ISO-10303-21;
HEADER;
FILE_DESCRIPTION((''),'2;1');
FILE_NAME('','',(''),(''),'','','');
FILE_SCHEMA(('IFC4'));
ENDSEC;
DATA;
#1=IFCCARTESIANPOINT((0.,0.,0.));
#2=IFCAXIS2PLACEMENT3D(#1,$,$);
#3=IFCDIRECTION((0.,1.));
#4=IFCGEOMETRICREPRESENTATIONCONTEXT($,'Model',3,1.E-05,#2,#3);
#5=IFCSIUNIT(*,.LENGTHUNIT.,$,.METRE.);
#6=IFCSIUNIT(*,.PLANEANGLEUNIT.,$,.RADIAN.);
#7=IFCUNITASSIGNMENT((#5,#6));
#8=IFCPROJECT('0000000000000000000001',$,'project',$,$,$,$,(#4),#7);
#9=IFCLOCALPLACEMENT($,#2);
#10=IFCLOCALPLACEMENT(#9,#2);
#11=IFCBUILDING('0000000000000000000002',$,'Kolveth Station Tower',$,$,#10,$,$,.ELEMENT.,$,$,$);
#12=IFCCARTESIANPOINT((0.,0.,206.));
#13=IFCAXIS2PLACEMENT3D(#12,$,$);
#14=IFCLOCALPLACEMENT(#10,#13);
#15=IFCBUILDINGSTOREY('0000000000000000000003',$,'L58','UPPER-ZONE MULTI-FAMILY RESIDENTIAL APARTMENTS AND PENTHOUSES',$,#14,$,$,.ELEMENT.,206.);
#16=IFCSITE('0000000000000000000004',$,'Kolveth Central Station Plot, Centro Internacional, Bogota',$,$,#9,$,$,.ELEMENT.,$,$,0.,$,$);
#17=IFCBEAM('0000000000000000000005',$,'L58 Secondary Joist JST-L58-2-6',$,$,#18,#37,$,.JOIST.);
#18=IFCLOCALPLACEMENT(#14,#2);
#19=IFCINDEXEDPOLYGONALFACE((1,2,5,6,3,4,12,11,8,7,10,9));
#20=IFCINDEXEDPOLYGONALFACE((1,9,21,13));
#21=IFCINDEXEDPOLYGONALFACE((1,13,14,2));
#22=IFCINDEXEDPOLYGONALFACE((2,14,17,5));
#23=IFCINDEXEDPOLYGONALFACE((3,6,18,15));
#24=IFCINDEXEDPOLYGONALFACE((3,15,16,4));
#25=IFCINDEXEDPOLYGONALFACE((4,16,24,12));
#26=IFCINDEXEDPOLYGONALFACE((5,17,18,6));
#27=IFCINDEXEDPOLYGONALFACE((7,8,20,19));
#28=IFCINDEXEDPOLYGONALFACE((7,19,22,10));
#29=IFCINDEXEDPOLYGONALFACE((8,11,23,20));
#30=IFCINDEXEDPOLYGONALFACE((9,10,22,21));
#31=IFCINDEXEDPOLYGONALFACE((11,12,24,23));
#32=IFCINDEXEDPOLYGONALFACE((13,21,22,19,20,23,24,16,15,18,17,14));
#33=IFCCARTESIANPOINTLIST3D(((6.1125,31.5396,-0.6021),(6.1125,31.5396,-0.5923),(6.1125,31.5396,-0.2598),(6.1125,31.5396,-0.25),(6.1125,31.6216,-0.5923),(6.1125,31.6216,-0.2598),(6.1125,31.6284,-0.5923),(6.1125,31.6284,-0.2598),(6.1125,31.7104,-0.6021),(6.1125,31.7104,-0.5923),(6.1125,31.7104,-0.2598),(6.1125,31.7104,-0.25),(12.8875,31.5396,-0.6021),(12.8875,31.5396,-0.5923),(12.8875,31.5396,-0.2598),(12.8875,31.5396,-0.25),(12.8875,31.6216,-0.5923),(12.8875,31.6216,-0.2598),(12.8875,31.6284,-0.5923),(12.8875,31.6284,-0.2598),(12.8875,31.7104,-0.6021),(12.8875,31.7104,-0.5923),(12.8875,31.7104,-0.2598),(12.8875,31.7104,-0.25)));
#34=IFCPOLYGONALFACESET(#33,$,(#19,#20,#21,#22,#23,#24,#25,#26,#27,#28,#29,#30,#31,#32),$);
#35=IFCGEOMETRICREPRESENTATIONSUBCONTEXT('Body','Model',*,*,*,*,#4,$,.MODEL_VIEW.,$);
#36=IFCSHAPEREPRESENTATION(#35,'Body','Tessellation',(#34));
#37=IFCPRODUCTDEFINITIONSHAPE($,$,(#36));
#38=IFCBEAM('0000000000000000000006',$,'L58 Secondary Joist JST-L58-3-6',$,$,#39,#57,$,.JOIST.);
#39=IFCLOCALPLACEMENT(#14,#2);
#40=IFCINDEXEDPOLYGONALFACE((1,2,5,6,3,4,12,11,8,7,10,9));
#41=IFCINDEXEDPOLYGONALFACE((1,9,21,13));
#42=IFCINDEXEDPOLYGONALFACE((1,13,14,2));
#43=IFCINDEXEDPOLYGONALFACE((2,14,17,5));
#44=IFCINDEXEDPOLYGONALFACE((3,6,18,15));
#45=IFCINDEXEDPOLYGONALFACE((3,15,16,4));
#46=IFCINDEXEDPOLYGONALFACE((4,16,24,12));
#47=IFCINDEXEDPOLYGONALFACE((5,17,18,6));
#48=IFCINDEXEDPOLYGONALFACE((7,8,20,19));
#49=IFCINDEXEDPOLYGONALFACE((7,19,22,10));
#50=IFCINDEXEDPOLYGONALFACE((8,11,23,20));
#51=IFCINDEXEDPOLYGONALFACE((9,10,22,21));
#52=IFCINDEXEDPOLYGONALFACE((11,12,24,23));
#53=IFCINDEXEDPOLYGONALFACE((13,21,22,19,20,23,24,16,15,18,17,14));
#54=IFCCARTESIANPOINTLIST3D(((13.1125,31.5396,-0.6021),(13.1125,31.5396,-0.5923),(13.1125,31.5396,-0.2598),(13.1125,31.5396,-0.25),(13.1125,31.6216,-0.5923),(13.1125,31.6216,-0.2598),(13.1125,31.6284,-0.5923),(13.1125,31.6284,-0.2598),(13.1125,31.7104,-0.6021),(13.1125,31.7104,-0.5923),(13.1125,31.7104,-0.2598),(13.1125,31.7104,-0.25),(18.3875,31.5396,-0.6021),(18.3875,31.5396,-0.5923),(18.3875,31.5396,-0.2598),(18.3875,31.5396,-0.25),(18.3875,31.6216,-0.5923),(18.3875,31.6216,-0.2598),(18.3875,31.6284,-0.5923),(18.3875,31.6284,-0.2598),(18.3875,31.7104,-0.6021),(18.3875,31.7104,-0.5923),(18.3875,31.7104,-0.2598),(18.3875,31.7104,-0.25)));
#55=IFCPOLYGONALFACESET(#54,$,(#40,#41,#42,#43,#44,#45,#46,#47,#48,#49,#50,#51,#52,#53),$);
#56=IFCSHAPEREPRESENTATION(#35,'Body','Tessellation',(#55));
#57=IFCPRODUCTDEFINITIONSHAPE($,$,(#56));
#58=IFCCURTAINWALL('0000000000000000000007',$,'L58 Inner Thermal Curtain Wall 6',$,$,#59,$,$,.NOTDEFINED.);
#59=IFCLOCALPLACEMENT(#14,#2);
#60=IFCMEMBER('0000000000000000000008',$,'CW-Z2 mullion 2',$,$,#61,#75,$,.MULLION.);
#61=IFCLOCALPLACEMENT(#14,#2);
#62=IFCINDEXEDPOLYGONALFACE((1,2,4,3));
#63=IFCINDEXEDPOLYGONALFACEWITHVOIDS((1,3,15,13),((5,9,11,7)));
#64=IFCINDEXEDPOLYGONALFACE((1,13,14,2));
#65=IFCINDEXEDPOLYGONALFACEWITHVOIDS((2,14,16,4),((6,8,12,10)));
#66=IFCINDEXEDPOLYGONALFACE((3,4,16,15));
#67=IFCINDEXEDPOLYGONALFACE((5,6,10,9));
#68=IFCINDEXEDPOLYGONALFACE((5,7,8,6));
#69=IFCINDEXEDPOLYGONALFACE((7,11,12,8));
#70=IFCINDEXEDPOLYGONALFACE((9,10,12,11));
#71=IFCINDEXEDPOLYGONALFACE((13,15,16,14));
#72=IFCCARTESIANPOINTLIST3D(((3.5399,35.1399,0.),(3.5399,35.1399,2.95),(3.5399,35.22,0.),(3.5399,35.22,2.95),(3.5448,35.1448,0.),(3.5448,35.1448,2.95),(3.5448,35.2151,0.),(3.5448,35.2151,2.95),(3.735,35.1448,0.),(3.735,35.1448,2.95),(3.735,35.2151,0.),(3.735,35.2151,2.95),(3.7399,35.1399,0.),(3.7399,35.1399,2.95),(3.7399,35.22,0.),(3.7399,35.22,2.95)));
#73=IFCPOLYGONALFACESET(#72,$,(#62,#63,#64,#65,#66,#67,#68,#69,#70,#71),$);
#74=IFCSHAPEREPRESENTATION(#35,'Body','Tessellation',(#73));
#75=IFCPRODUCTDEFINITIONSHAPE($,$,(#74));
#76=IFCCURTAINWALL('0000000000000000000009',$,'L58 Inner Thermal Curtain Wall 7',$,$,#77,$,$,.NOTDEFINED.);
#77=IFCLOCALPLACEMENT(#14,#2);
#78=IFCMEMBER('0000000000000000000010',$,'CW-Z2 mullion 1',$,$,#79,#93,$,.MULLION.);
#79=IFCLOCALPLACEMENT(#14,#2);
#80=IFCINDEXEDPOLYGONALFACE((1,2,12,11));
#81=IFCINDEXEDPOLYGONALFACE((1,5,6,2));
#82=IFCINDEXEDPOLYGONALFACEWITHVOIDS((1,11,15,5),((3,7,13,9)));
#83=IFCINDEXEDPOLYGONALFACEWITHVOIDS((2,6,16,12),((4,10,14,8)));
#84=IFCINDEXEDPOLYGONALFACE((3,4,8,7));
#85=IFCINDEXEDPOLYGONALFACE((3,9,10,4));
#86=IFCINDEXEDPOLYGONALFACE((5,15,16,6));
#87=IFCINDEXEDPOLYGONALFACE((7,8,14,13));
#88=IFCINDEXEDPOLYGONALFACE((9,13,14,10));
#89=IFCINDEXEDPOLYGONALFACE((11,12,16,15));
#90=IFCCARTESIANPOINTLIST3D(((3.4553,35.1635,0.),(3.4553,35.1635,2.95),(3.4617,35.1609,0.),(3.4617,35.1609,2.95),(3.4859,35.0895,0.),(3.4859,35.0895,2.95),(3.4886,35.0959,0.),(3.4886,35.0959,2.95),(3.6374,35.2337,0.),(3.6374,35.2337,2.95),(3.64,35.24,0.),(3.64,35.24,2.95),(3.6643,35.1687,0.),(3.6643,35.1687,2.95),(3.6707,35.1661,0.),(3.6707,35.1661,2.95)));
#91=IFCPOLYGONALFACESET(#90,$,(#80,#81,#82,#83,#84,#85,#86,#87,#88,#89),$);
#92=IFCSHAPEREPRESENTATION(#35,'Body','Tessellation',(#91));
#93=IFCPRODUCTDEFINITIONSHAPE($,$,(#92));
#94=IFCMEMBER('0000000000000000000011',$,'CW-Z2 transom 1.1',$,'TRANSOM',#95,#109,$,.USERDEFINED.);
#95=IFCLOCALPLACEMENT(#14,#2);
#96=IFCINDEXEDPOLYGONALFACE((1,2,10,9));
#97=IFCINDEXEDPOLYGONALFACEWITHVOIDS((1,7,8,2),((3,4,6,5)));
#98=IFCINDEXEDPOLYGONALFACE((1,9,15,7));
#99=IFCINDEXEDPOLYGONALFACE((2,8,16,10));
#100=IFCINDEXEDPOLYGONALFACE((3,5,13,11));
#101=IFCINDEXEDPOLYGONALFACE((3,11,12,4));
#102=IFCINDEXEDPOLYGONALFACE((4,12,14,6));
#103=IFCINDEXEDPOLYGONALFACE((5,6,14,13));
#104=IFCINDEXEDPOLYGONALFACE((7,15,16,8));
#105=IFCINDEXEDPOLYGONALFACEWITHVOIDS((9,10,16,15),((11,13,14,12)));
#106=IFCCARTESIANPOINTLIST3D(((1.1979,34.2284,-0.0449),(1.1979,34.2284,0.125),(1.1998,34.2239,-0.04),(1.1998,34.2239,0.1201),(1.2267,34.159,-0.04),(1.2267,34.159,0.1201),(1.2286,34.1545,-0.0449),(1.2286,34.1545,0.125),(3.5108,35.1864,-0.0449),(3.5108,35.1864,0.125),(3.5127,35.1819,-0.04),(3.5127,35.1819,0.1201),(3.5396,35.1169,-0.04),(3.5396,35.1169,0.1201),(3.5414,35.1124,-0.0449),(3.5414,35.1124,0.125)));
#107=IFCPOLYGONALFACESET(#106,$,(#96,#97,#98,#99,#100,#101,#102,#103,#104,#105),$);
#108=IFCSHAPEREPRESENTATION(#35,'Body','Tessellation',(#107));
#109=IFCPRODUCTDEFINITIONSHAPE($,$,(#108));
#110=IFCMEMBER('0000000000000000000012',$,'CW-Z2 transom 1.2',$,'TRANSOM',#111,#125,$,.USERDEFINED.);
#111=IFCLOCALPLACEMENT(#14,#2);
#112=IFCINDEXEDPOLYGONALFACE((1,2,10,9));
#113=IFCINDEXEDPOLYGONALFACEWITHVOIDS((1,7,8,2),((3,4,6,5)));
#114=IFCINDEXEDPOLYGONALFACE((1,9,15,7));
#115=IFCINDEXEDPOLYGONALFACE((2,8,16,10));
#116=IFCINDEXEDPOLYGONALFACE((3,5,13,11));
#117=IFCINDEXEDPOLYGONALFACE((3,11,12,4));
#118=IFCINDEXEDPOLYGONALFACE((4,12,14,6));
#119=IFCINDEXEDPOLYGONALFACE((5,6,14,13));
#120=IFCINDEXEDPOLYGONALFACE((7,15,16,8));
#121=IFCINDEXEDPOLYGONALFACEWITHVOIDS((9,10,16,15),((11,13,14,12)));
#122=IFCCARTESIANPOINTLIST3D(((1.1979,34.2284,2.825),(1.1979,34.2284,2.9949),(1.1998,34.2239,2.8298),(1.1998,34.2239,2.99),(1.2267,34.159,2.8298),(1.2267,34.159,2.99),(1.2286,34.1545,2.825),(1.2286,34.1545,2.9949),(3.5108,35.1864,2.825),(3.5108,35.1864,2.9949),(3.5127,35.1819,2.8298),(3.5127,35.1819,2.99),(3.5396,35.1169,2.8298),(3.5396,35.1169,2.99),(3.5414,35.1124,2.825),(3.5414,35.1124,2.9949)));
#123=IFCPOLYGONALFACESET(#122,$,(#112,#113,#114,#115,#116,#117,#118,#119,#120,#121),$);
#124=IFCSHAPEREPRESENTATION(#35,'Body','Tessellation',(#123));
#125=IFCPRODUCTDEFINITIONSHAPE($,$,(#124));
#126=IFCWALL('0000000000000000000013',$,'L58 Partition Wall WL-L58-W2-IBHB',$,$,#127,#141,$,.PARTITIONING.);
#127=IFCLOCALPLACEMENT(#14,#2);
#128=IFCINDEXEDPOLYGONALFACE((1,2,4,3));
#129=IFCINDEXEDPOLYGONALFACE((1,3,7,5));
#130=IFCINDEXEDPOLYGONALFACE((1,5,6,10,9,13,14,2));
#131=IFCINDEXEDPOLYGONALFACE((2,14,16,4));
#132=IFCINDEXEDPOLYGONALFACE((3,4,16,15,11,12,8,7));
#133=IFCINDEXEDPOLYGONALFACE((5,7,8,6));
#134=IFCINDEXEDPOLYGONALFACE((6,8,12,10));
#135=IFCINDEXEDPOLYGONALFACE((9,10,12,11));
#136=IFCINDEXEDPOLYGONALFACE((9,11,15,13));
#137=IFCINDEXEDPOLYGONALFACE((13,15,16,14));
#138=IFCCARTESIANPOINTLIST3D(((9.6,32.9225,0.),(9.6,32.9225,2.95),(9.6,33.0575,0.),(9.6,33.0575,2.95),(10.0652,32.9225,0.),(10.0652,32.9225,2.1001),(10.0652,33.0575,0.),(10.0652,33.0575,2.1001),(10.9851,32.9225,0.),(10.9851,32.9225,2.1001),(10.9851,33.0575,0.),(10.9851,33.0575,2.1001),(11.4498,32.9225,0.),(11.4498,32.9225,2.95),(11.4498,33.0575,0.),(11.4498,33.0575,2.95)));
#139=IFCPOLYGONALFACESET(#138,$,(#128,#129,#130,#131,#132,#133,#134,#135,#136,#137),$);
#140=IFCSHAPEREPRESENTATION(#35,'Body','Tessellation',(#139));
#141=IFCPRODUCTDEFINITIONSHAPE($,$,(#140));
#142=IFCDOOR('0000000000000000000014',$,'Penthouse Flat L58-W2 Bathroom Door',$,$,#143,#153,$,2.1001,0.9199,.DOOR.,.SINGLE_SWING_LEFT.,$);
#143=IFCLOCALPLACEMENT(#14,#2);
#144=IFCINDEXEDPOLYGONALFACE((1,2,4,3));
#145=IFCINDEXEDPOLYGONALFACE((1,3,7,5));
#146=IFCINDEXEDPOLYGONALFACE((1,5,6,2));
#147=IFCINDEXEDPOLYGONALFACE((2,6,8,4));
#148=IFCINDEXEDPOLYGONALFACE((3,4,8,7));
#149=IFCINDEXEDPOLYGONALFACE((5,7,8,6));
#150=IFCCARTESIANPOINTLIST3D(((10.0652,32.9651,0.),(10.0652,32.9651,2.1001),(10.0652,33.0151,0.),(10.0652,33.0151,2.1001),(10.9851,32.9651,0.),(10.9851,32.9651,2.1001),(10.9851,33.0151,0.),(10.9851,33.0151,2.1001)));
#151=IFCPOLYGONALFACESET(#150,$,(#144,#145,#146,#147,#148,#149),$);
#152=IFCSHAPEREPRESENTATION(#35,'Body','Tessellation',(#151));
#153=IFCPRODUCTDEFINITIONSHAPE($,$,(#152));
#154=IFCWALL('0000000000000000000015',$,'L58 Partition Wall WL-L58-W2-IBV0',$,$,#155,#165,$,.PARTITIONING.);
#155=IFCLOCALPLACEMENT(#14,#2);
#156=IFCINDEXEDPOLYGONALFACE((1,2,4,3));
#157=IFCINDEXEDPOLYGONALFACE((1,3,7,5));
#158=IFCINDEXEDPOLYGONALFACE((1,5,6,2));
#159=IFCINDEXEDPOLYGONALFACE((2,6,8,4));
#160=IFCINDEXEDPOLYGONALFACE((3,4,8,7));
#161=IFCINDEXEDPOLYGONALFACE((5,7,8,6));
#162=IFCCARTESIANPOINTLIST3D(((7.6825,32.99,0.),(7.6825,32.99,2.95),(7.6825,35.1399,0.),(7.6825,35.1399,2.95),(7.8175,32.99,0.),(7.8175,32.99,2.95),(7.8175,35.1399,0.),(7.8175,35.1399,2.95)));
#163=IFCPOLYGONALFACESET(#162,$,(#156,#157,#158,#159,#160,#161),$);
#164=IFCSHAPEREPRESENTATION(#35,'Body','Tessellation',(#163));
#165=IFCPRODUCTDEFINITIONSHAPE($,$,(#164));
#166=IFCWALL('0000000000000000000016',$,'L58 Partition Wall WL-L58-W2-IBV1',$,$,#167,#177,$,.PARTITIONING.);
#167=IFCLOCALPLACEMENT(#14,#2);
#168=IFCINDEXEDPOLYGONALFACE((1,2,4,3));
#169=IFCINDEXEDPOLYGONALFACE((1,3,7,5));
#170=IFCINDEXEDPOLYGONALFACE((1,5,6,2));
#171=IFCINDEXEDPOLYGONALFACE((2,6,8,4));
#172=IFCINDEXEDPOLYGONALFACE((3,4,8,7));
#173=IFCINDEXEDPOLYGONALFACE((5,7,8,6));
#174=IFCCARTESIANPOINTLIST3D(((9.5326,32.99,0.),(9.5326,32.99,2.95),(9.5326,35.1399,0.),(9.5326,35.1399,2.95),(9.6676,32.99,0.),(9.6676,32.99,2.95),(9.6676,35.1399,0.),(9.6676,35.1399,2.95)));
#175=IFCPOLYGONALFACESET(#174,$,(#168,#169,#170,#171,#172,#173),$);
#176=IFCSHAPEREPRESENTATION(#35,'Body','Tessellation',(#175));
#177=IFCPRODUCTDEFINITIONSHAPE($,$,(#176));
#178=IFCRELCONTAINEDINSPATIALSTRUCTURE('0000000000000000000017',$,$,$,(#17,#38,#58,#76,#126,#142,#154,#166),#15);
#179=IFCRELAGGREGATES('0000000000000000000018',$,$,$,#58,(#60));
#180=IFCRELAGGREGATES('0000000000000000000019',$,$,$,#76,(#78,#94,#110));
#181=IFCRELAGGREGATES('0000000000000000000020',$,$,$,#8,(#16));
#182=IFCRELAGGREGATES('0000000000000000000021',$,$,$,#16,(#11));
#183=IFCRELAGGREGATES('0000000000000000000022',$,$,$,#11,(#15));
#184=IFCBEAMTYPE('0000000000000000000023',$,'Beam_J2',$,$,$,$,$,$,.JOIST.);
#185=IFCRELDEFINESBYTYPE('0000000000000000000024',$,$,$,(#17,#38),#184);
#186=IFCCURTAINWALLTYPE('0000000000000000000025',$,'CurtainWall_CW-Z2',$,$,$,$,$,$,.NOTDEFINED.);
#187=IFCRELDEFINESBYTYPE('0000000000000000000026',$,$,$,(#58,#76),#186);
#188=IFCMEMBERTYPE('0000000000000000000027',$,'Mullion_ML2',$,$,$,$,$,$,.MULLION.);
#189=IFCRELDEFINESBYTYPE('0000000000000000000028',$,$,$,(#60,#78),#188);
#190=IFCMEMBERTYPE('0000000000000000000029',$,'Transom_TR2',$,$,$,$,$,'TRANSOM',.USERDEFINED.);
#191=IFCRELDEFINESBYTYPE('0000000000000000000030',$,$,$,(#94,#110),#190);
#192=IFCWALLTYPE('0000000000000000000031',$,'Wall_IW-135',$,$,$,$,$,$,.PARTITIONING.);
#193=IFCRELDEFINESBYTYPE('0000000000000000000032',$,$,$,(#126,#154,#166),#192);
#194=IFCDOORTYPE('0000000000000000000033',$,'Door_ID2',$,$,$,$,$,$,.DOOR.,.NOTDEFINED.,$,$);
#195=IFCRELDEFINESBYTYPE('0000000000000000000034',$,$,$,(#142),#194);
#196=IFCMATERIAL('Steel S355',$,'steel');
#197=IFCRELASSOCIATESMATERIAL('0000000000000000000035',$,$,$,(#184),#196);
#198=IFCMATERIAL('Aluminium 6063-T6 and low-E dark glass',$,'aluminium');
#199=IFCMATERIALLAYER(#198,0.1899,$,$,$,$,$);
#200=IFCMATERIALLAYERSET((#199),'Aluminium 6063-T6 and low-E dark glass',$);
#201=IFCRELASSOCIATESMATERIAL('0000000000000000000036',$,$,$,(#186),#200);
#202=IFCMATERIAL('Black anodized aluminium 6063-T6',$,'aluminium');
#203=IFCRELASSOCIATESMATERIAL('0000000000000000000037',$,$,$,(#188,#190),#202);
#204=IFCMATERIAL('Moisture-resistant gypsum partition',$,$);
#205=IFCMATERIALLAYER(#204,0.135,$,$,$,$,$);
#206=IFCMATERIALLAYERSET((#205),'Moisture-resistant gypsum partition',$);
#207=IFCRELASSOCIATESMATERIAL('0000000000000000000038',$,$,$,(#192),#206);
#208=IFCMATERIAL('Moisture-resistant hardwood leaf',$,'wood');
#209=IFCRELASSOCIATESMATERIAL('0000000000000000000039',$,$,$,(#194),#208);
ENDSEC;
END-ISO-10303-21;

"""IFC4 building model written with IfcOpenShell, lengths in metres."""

from ifc_helpers import new_model, si_unit, direction, frame, frame_2d, origin, origin_2d, place, context, subcontext, project, spatial, rectangle, hollow_rectangle, i_section, extrude, source, transform, mapped, material, layer, layer_set, material_profile, profile_set, type_object, element, fill, aggregate, save


model = new_model("IFC4")

# Units and contexts
model_context = context("Model", 3, precision=1e-05, world=origin(), true_north=direction((0.0, 1.0)))
body_context = subcontext(model_context, "Body", "Model", "MODEL_VIEW")
ifc_project = project(units=[si_unit("LENGTHUNIT", "METRE"), si_unit("PLANEANGLEUNIT", "RADIAN")], contexts=[model_context])

# Site, building, storey
site_placement = place(None, origin())
site = spatial("IfcSite", under=ifc_project, at=site_placement, Name="Kolveth Central Station Plot, Centro Internacional, Bogota", CompositionType="ELEMENT", RefElevation=0.0)
building_placement = place(site_placement, origin())
building = spatial("IfcBuilding", under=site, at=building_placement, Name="Kolveth Station Tower", CompositionType="ELEMENT")
storey_placement = place(building_placement, frame((0.0, 0.0, 206.0)))
storey = spatial("IfcBuildingStorey", under=building, at=storey_placement, Name="L58", Description="UPPER-ZONE MULTI-FAMILY RESIDENTIAL APARTMENTS AND PENTHOUSES", CompositionType="ELEMENT", Elevation=206.0)

# Shared definitions
ifc_material_1 = material(Name="Steel S355", Category="steel")

# Beams
ifc_material_profile_1 = material_profile(ifc_material_1, i_section(OverallWidth=0.1709, OverallDepth=0.3521, WebThickness=0.0068, FlangeThickness=0.0098, at=origin_2d()), Name="W360x44")
ifc_profile_set_1 = profile_set([ifc_material_profile_1], Name="Steel S355")
beam_type_1 = type_object("IfcBeamType", Name="Beam_J2", PredefinedType="JOIST", material=ifc_profile_set_1)
shared_shape_1 = source(origin(), body_context, "Body", "SweptSolid", [
    extrude(i_section(OverallWidth=0.1709, OverallDepth=0.3521, WebThickness=0.0068, FlangeThickness=0.0098, at=origin_2d()), origin(), (0.0, 0.0, 1.0), 6.7749),
])
beam_1_placement = place(storey_placement, frame((6.1125, 31.625, -0.426), z_axis=(1.0, 0.0, 0.0), x_axis=(0.0, 1.0, 0.0)))
element("IfcBeam", 1, at=beam_1_placement, inside=storey, type_object=beam_type_1, Name="L58 Secondary Joist JST-L58-2-6", PredefinedType="JOIST", context=body_context, shape_type="MappedRepresentation", body=[
    mapped(shared_shape_1, transform((0.0, 0.0, 0.0), x_axis=(1.0, 0.0, 0.0), y_axis=(0.0, 1.0, 0.0), z_axis=(0.0, 0.0, 1.0), scale=1.0)),
])
shared_shape_2 = source(origin(), body_context, "Body", "SweptSolid", [
    extrude(i_section(OverallWidth=0.1709, OverallDepth=0.3521, WebThickness=0.0068, FlangeThickness=0.0098, at=origin_2d()), origin(), (0.0, 0.0, 1.0), 5.2749),
])
beam_2_placement = place(storey_placement, frame((13.1125, 31.625, -0.426), z_axis=(1.0, 0.0, 0.0), x_axis=(0.0, 1.0, 0.0)))
element("IfcBeam", 2, at=beam_2_placement, inside=storey, type_object=beam_type_1, Name="L58 Secondary Joist JST-L58-3-6", PredefinedType="JOIST", context=body_context, shape_type="MappedRepresentation", body=[
    mapped(shared_shape_2, transform((0.0, 0.0, 0.0), x_axis=(1.0, 0.0, 0.0), y_axis=(0.0, 1.0, 0.0), z_axis=(0.0, 0.0, 1.0), scale=1.0)),
])

# Curtain wall, member
ifc_material_2 = material(Name="Aluminium 6063-T6 and low-E dark glass", Category="aluminium")
ifc_layer_1 = layer(ifc_material_2, 0.1899)
ifc_layer_set_1 = layer_set([ifc_layer_1], Name="Aluminium 6063-T6 and low-E dark glass")
curtain_wall_type = type_object("IfcCurtainWallType", Name="CurtainWall_CW-Z2", PredefinedType="NOTDEFINED", material=ifc_layer_set_1)
curtain_wall_1_placement = place(storey_placement, origin())
curtain_wall_1 = element("IfcCurtainWall", 3, at=curtain_wall_1_placement, inside=storey, type_object=curtain_wall_type, Name="L58 Inner Thermal Curtain Wall 6", PredefinedType="NOTDEFINED")
ifc_material_3 = material(Name="Black anodized aluminium 6063-T6", Category="aluminium")
ifc_material_profile_2 = material_profile(ifc_material_3, hollow_rectangle(XDim=0.0801, YDim=0.2, WallThickness=0.0049, at=origin_2d()), Name="ALU-80x200x5")
ifc_profile_set_2 = profile_set([ifc_material_profile_2], Name="Black anodized aluminium 6063-T6")
member_type_1 = type_object("IfcMemberType", Name="Mullion_ML2", PredefinedType="MULLION", material=ifc_profile_set_2)
shared_shape_3 = source(origin(), body_context, "Body", "SweptSolid", [
    extrude(hollow_rectangle(XDim=0.0801, YDim=0.2, WallThickness=0.0049, at=origin_2d()), origin(), (0.0, 0.0, 1.0), 2.95),
])
member_1_placement = place(storey_placement, frame((3.6399, 35.1799, 0.0), z_axis=(0.0, 0.0, 1.0), x_axis=(0.0, -1.0, 0.0)))
member_1 = element("IfcMember", 4, at=member_1_placement, type_object=member_type_1, Name="CW-Z2 mullion 2", PredefinedType="MULLION", context=body_context, shape_type="MappedRepresentation", body=[
    mapped(shared_shape_3, transform((0.0, 0.0, 0.0), x_axis=(1.0, 0.0, 0.0), y_axis=(0.0, 1.0, 0.0), z_axis=(0.0, 0.0, 1.0), scale=1.0)),
])
aggregate(curtain_wall_1, [member_1])

# Curtain wall, members
curtain_wall_2_placement = place(storey_placement, origin())
curtain_wall_2 = element("IfcCurtainWall", 5, at=curtain_wall_2_placement, inside=storey, type_object=curtain_wall_type, Name="L58 Inner Thermal Curtain Wall 7", PredefinedType="NOTDEFINED")
member_2_placement = place(storey_placement, frame((3.563, 35.1648, 0.0), z_axis=(0.0, 0.0, 1.0), x_axis=(0.382698, -0.923874, 0.0)))
member_2 = element("IfcMember", 6, at=member_2_placement, type_object=member_type_1, Name="CW-Z2 mullion 1", PredefinedType="MULLION", context=body_context, shape_type="MappedRepresentation", body=[
    mapped(shared_shape_3, transform((0.0, 0.0, 0.0), x_axis=(1.0, 0.0, 0.0), y_axis=(0.0, 1.0, 0.0), z_axis=(0.0, 0.0, 1.0), scale=1.0)),
])
ifc_material_profile_3 = material_profile(ifc_material_3, hollow_rectangle(XDim=0.0801, YDim=0.1699, WallThickness=0.0049, at=origin_2d()), Name="ALU-80x170x5")
ifc_profile_set_3 = profile_set([ifc_material_profile_3], Name="Black anodized aluminium 6063-T6")
member_type_2 = type_object("IfcMemberType", Name="Transom_TR2", ElementType="TRANSOM", PredefinedType="USERDEFINED", material=ifc_profile_set_3)
shared_shape_4 = source(origin(), body_context, "Body", "SweptSolid", [
    extrude(hollow_rectangle(XDim=0.0801, YDim=0.1699, WallThickness=0.0049, at=origin_2d()), origin(), (0.0, 0.0, 1.0), 2.5034),
])
member_3_placement = place(storey_placement, frame((3.5261, 35.1494, 0.04), z_axis=(-0.923888, -0.382662, 0.0), x_axis=(0.382662, -0.923888, 0.0)))
member_3 = element("IfcMember", 7, at=member_3_placement, type_object=member_type_2, Name="CW-Z2 transom 1.1", ObjectType="TRANSOM", PredefinedType="USERDEFINED", context=body_context, shape_type="MappedRepresentation", body=[
    mapped(shared_shape_4, transform((0.0, 0.0, 0.0), x_axis=(1.0, 0.0, 0.0), y_axis=(0.0, 1.0, 0.0), z_axis=(0.0, 0.0, 1.0), scale=1.0)),
])
member_4_placement = place(storey_placement, frame((3.5261, 35.1494, 2.9099), z_axis=(-0.923888, -0.382662, 0.0), x_axis=(0.382662, -0.923888, 0.0)))
member_4 = element("IfcMember", 8, at=member_4_placement, type_object=member_type_2, Name="CW-Z2 transom 1.2", ObjectType="TRANSOM", PredefinedType="USERDEFINED", context=body_context, shape_type="MappedRepresentation", body=[
    mapped(shared_shape_4, transform((0.0, 0.0, 0.0), x_axis=(1.0, 0.0, 0.0), y_axis=(0.0, 1.0, 0.0), z_axis=(0.0, 0.0, 1.0), scale=1.0)),
])
aggregate(curtain_wall_2, [member_2, member_3, member_4])

# Wall, opening, door
ifc_material_4 = material(Name="Moisture-resistant gypsum partition")
ifc_layer_2 = layer(ifc_material_4, 0.135)
ifc_layer_set_2 = layer_set([ifc_layer_2], Name="Moisture-resistant gypsum partition")
wall_type_1 = type_object("IfcWallType", Name="Wall_IW-135", PredefinedType="PARTITIONING", material=ifc_layer_set_2)
wall_1_placement = place(storey_placement, frame((9.6001, 32.99, 0.0), z_axis=(0.0, 0.0, 1.0), x_axis=(1.0, 0.0, 0.0)))
wall_1 = element("IfcWall", 9, at=wall_1_placement, inside=storey, type_object=wall_type_1, Name="L58 Partition Wall WL-L58-W2-IBHB", PredefinedType="PARTITIONING", context=body_context, shape_type="SweptSolid", body=[
    extrude(rectangle(XDim=1.8499, YDim=0.135, at=frame_2d((0.9248, 0.0))), origin(), (0.0, 0.0, 1.0), 2.95),
])
opening_1_placement = place(wall_1_placement, frame((0.4651, 0.0, 0.0)))
opening_1 = element("IfcOpeningElement", 10, at=opening_1_placement, cuts=wall_1, PredefinedType="OPENING", context=body_context, shape_type="SweptSolid", body=[
    extrude(rectangle(XDim=0.9199, YDim=2.1001, at=frame_2d((0.46, 1.05))), frame((0.0, 0.0774, 0.0), z_axis=(0.0, -1.0, 0.0), x_axis=(1.0, 0.0, 0.0)), (0.0, 0.0, 1.0), 0.155),
])
ifc_material_5 = material(Name="Moisture-resistant hardwood leaf", Category="wood")
door_type_1 = type_object("IfcDoorType", Name="Door_ID2", OperationType="NOTDEFINED", PredefinedType="DOOR", material=ifc_material_5)
door_1_placement = place(opening_1_placement, frame((0.9199, 0.0, 0.0), z_axis=(0.0, 0.0, 1.0), x_axis=(-1.0, 0.0, 0.0)))
door_1 = element("IfcDoor", 11, at=door_1_placement, inside=storey, type_object=door_type_1, Name="Penthouse Flat L58-W2 Bathroom Door", OperationType="SINGLE_SWING_LEFT", OverallHeight=2.1001, OverallWidth=0.9199, PredefinedType="DOOR", context=body_context, shape_type="SweptSolid", body=[
    extrude(rectangle(XDim=0.9199, YDim=2.1001, at=frame_2d((0.46, 1.05))), frame((0.0, 0.0249, 0.0), z_axis=(0.0, -1.0, 0.0), x_axis=(1.0, 0.0, 0.0)), (0.0, 0.0, 1.0), 0.05),
])
fill(opening_1, door_1)

# Walls
for number, where, z_axis, x_axis, name in (
    (12, (7.75, 32.99, 0.0), (0.0, 0.0, 1.0), (0.0, 1.0, 0.0), "L58 Partition Wall WL-L58-W2-IBV0"),
    (13, (9.6001, 32.99, 0.0), (0.0, 0.0, 1.0), (0.0, 1.0, 0.0), "L58 Partition Wall WL-L58-W2-IBV1"),
):
    element("IfcWall", number, at=place(storey_placement, frame(where, z_axis=z_axis, x_axis=x_axis)), inside=storey, type_object=wall_type_1, Name=name, PredefinedType="PARTITIONING", context=body_context, shape_type="SweptSolid", body=[
        extrude(rectangle(XDim=2.1499, YDim=0.135, at=frame_2d((1.075, 0.0))), origin(), (0.0, 0.0, 1.0), 2.95),
    ])

save(model, "model.ifc")
